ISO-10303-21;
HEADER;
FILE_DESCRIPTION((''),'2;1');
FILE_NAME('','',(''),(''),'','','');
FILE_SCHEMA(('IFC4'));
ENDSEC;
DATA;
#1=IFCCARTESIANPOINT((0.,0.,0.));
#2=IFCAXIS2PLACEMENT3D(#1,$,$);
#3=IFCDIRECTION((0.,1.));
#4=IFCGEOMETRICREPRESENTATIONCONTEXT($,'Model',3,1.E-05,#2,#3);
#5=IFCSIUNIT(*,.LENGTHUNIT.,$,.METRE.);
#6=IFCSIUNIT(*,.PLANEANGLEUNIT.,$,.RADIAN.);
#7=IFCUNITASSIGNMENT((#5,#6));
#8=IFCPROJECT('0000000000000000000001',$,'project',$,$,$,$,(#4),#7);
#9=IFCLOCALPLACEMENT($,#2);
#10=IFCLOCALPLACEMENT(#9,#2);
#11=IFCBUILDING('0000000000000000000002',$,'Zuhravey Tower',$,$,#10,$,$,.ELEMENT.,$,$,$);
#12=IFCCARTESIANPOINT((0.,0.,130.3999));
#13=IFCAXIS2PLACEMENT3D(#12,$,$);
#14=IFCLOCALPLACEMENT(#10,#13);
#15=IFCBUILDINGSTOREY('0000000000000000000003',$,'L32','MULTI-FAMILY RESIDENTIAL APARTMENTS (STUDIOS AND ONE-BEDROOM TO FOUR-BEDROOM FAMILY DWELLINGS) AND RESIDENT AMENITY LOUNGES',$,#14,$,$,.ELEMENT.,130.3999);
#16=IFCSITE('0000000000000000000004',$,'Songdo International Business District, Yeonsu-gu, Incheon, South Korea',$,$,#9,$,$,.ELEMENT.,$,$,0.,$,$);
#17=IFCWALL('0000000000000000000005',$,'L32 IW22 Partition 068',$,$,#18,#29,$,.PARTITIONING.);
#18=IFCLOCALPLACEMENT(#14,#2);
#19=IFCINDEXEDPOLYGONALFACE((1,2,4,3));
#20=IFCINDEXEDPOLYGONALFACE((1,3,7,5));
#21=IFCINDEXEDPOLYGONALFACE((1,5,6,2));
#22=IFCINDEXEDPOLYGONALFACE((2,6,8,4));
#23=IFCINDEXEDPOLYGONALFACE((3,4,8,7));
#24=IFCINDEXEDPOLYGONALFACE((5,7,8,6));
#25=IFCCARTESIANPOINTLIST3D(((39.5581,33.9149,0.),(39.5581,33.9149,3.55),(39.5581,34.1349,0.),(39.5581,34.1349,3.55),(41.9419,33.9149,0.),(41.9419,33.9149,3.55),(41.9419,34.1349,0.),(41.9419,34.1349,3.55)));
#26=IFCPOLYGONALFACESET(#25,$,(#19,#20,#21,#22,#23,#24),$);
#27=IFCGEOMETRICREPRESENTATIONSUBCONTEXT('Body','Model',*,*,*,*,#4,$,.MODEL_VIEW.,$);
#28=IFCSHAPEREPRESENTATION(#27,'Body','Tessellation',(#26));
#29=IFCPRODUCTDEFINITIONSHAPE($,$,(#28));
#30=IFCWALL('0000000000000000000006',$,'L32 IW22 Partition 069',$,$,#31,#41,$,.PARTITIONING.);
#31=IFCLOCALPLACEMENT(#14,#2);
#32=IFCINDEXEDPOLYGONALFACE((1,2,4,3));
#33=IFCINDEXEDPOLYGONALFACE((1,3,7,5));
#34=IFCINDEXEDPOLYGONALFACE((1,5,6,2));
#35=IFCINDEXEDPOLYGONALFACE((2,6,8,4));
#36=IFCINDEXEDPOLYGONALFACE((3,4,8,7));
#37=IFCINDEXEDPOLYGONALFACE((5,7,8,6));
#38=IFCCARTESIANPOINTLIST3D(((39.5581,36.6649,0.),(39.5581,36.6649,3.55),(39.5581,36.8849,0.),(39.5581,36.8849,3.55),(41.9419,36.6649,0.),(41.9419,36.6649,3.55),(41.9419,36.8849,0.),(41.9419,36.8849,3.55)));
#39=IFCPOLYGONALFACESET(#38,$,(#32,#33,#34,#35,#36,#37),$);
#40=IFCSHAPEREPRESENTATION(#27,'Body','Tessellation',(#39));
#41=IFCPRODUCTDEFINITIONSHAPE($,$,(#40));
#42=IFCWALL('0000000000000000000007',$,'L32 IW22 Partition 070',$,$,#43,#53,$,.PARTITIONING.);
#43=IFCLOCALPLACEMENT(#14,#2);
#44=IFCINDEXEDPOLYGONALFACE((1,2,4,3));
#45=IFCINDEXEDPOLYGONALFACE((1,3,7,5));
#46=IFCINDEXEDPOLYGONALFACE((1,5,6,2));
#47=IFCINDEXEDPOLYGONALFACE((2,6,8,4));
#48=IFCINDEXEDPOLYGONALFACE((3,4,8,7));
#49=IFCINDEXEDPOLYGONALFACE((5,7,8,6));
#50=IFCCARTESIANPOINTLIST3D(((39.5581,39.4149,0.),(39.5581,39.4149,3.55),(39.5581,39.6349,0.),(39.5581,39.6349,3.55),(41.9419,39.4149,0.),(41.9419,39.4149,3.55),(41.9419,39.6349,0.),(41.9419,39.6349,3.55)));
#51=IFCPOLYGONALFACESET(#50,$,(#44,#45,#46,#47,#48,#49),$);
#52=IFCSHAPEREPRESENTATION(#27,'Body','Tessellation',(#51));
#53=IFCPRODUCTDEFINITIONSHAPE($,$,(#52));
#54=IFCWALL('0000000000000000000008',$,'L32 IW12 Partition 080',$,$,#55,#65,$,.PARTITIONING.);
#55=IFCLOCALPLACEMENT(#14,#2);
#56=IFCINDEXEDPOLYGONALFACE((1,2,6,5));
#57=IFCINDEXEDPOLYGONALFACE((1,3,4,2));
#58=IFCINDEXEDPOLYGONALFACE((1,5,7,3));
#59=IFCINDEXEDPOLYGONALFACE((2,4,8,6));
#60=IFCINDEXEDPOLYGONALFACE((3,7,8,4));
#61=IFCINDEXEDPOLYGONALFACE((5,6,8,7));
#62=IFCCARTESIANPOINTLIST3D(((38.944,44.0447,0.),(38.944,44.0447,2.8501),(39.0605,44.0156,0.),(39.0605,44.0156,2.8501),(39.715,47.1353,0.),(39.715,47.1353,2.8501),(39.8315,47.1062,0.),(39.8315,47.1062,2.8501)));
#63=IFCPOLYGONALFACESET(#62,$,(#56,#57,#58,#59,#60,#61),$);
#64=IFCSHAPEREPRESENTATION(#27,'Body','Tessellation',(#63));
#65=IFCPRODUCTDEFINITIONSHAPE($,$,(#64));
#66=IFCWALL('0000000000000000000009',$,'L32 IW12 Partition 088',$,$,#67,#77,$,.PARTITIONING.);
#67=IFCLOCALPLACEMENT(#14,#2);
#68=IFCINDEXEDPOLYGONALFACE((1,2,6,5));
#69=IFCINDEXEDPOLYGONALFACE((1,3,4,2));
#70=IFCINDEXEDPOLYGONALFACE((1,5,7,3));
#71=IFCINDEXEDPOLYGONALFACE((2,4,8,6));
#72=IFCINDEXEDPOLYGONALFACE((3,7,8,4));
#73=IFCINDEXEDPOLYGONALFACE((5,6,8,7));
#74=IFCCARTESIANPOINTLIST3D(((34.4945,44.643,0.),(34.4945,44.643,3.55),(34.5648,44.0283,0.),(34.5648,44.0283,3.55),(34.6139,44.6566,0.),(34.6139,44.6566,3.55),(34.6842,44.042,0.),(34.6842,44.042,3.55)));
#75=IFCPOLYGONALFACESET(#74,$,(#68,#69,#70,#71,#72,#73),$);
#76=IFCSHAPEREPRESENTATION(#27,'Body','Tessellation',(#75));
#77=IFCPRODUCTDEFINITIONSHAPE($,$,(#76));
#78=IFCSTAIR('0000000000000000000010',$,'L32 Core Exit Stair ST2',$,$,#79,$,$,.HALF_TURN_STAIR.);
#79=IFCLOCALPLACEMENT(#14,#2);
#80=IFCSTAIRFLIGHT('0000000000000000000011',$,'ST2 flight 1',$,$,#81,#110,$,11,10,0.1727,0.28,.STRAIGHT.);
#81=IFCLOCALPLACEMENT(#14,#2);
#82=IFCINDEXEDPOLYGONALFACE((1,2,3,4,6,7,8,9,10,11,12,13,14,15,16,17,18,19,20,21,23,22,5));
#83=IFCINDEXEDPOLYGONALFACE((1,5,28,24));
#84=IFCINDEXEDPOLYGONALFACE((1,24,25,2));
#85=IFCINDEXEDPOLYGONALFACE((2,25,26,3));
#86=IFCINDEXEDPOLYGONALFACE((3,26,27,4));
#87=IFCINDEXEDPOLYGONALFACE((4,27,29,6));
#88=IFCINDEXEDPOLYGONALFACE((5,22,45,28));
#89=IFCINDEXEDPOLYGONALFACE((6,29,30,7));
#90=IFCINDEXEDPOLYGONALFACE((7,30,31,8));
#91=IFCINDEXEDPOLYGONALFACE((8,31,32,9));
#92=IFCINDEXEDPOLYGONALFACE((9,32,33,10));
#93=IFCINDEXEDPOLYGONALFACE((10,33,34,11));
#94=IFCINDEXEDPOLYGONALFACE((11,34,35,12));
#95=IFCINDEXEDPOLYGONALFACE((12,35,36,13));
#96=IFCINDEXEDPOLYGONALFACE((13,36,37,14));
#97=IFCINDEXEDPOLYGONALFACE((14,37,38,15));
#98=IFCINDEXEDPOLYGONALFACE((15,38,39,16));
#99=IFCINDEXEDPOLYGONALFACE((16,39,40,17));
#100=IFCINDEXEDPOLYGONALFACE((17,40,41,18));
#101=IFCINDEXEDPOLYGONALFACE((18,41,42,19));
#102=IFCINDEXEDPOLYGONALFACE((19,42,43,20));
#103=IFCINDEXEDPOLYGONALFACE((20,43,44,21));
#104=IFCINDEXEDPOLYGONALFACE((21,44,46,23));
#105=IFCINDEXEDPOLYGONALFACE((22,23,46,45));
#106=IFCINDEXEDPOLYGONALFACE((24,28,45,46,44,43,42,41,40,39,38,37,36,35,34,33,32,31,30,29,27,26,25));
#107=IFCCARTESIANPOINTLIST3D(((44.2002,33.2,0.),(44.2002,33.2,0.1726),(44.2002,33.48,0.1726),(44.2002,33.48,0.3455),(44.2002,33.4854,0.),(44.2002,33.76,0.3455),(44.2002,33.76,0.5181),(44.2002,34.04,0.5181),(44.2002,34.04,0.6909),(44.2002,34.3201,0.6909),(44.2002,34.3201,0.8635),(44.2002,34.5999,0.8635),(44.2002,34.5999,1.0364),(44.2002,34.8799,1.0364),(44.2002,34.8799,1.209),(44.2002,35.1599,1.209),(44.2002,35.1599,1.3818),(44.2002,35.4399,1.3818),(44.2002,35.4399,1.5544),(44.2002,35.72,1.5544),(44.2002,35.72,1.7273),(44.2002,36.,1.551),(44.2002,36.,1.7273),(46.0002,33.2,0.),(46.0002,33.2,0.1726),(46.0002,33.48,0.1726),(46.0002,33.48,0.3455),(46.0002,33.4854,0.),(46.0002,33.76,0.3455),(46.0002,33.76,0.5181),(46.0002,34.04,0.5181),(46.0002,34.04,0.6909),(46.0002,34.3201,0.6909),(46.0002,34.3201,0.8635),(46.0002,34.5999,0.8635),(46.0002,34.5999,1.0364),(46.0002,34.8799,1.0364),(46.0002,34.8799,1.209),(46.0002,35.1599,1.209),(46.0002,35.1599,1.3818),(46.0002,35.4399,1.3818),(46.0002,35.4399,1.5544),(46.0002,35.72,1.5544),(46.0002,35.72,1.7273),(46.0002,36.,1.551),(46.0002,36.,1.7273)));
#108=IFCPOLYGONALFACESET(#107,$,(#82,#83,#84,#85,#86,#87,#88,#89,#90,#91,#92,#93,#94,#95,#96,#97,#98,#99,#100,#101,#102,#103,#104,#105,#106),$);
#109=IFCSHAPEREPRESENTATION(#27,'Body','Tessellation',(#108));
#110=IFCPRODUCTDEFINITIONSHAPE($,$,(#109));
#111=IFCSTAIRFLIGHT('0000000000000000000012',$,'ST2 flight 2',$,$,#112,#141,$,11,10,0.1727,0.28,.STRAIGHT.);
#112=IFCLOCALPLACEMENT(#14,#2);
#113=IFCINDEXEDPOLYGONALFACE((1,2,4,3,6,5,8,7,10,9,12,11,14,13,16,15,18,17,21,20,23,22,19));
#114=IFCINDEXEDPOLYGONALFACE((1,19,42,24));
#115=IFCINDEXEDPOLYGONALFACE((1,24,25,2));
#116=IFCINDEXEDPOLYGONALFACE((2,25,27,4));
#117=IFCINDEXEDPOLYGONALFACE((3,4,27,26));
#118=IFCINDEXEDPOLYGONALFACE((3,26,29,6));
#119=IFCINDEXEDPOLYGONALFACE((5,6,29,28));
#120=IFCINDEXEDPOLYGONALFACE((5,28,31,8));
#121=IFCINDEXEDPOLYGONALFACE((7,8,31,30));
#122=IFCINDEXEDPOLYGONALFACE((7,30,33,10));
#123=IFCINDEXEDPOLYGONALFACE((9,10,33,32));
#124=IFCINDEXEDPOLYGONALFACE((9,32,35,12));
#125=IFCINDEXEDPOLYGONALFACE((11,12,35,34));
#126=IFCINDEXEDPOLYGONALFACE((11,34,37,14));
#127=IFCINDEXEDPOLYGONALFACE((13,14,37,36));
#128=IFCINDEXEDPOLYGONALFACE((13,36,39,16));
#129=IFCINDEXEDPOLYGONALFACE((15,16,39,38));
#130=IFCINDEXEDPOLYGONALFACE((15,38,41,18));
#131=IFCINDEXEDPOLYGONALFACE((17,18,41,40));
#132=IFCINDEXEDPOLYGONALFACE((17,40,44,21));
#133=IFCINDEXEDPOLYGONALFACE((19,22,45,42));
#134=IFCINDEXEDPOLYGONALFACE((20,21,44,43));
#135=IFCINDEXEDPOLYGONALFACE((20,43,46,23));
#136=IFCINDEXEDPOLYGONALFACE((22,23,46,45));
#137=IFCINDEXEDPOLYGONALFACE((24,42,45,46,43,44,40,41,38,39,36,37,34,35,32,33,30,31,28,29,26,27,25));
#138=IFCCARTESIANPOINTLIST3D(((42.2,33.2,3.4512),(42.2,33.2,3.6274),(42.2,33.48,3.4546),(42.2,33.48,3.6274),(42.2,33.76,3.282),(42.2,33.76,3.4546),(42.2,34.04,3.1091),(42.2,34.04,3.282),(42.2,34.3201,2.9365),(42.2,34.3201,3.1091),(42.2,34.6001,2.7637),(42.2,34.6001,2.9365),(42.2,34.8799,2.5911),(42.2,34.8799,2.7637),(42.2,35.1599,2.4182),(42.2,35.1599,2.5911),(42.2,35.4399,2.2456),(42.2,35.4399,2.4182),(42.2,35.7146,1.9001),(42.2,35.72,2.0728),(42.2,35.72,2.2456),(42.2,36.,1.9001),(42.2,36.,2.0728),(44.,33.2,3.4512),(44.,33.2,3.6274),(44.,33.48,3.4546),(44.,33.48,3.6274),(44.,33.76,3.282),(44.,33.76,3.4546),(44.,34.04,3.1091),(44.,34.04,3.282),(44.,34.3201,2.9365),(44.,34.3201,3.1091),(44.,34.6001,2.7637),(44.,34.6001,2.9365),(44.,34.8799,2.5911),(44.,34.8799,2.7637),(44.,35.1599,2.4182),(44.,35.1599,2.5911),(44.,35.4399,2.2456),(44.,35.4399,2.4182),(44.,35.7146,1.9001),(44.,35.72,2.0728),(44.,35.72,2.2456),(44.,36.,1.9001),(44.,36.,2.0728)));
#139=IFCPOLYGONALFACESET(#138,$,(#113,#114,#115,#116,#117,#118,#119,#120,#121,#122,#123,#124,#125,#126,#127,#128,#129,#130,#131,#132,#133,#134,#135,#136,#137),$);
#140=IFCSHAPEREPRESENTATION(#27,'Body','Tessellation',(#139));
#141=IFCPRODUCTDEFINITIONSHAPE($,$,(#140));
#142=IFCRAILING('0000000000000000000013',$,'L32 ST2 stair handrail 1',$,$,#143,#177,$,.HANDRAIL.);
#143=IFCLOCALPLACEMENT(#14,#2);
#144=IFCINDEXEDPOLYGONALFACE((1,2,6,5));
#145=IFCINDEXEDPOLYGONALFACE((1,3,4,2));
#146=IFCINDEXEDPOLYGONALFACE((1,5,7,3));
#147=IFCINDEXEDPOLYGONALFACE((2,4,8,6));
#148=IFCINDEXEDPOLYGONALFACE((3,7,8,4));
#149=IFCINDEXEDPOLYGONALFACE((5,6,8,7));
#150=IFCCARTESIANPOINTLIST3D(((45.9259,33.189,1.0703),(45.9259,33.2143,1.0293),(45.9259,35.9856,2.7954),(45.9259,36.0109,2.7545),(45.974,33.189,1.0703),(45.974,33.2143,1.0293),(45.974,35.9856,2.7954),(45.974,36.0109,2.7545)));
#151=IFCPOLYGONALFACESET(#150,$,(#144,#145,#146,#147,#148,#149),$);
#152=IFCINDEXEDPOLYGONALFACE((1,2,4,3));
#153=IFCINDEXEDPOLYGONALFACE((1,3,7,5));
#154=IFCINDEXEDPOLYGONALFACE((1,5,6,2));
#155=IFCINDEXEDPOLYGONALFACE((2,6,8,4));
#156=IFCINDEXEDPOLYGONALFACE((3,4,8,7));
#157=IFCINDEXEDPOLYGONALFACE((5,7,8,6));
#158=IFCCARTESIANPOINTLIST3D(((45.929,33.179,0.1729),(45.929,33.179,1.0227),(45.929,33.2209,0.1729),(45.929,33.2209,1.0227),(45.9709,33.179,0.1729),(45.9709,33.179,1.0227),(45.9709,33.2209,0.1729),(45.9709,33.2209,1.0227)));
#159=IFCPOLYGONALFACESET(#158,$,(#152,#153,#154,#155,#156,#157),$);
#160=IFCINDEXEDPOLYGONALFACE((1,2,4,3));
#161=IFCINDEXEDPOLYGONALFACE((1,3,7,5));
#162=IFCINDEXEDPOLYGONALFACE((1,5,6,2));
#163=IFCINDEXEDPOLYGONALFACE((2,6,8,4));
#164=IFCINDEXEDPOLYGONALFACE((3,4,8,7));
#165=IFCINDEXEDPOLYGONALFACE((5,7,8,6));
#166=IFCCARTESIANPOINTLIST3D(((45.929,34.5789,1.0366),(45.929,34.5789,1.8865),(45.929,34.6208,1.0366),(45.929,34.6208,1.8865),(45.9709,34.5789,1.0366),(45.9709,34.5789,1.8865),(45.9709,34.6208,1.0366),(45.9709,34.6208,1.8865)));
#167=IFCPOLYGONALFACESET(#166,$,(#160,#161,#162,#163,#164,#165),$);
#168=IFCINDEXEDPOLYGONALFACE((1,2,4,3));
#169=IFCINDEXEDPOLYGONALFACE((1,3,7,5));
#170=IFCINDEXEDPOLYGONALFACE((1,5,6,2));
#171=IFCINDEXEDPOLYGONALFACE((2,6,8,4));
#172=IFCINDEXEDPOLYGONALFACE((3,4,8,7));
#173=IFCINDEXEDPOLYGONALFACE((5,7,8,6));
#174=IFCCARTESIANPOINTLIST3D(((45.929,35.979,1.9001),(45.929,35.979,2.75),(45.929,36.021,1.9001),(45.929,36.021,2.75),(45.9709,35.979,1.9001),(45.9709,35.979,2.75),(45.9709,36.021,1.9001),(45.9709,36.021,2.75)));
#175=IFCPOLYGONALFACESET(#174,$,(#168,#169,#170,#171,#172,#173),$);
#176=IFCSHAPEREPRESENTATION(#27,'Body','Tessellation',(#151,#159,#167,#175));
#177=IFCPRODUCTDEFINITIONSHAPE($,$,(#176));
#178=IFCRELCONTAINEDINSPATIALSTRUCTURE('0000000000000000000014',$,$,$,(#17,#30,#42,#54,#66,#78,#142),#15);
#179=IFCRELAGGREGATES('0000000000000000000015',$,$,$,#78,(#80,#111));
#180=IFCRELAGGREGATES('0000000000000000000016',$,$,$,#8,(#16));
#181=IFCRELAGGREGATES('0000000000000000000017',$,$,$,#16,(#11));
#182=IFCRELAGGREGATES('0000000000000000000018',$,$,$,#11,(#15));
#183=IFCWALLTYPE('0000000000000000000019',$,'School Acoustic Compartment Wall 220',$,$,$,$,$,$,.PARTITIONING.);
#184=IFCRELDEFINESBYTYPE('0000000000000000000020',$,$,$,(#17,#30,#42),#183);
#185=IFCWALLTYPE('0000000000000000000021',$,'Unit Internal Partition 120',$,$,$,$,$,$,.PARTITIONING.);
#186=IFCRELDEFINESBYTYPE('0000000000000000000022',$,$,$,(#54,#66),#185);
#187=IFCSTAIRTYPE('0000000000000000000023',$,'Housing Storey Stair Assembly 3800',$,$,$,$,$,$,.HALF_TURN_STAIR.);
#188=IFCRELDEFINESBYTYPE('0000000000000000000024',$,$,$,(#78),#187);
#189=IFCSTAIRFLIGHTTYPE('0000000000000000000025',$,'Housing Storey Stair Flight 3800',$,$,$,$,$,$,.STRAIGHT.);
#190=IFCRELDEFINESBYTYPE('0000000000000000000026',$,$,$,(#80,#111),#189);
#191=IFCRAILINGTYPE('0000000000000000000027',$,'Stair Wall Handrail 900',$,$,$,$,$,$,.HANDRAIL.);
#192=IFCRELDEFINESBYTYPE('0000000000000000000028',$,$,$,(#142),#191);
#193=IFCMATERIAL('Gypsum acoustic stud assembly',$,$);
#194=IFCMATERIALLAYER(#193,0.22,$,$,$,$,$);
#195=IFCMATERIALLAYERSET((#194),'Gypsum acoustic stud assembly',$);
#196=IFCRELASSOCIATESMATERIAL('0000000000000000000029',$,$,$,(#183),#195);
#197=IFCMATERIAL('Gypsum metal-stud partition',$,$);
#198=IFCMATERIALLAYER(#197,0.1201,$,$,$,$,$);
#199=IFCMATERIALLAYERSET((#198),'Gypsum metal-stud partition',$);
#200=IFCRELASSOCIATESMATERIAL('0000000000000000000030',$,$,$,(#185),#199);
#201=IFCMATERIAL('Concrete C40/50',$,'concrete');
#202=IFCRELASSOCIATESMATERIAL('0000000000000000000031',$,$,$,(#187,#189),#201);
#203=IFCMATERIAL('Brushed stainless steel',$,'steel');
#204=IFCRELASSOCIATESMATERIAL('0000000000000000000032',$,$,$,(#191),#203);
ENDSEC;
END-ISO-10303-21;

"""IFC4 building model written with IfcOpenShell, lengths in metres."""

from ifc_helpers import new_model, si_unit, direction, frame, frame_2d, origin, origin_2d, place, context, subcontext, project, spatial, polyline, rectangle, outline, extrude, material, layer, layer_set, type_object, element, aggregate, save


model = new_model("IFC4")

# Units and contexts
model_context = context("Model", 3, precision=1e-05, world=origin(), true_north=direction((0.0, 1.0)))
body_context = subcontext(model_context, "Body", "Model", "MODEL_VIEW")
ifc_project = project(units=[si_unit("LENGTHUNIT", "METRE"), si_unit("PLANEANGLEUNIT", "RADIAN")], contexts=[model_context])

# Site, building, storey
site_placement = place(None, origin())
site = spatial("IfcSite", under=ifc_project, at=site_placement, Name="Songdo International Business District, Yeonsu-gu, Incheon, South Korea", CompositionType="ELEMENT", RefElevation=0.0)
building_placement = place(site_placement, origin())
building = spatial("IfcBuilding", under=site, at=building_placement, Name="Zuhravey Tower", CompositionType="ELEMENT")
storey_placement = place(building_placement, frame((0.0, 0.0, 130.3999)))
storey = spatial("IfcBuildingStorey", under=building, at=storey_placement, Name="L32", Description="MULTI-FAMILY RESIDENTIAL APARTMENTS (STUDIOS AND ONE-BEDROOM TO FOUR-BEDROOM FAMILY DWELLINGS) AND RESIDENT AMENITY LOUNGES", CompositionType="ELEMENT", Elevation=130.3999)

# Walls
ifc_material_1 = material(Name="Gypsum acoustic stud assembly")
ifc_layer_1 = layer(ifc_material_1, 0.22)
ifc_layer_set_1 = layer_set([ifc_layer_1], Name="Gypsum acoustic stud assembly")
wall_type_1 = type_object("IfcWallType", Name="School Acoustic Compartment Wall 220", PredefinedType="PARTITIONING", material=ifc_layer_set_1)
for number, where, z_axis, x_axis, name in (
    (1, (39.5581, 34.0249, 0.0), (0.0, 0.0, 1.0), (1.0, 0.0, 0.0), "L32 IW22 Partition 068"),
    (2, (39.5581, 36.7749, 0.0), (0.0, 0.0, 1.0), (1.0, 0.0, 0.0), "L32 IW22 Partition 069"),
    (3, (39.5581, 39.5249, 0.0), (0.0, 0.0, 1.0), (1.0, 0.0, 0.0), "L32 IW22 Partition 070"),
):
    element("IfcWall", number, at=place(storey_placement, frame(where, z_axis=z_axis, x_axis=x_axis)), inside=storey, type_object=wall_type_1, Name=name, PredefinedType="PARTITIONING", context=body_context, shape_type="SweptSolid", body=[
        extrude(rectangle(XDim=2.3838, YDim=0.22, at=frame_2d((1.1919, 0.0))), origin(), (0.0, 0.0, 1.0), 3.55),
    ])
ifc_material_2 = material(Name="Gypsum metal-stud partition")
ifc_layer_2 = layer(ifc_material_2, 0.1201)
ifc_layer_set_2 = layer_set([ifc_layer_2], Name="Gypsum metal-stud partition")
wall_type_2 = type_object("IfcWallType", Name="Unit Internal Partition 120", PredefinedType="PARTITIONING", material=ifc_layer_set_2)
wall_1_placement = place(storey_placement, frame((39.0022, 44.03, 0.0), z_axis=(0.0, 0.0, 1.0), x_axis=(0.242049, 0.970264, 0.0)))
element("IfcWall", 4, at=wall_1_placement, inside=storey, type_object=wall_type_2, Name="L32 IW12 Partition 080", PredefinedType="PARTITIONING", context=body_context, shape_type="SweptSolid", body=[
    extrude(rectangle(XDim=3.1853, YDim=0.1201, at=frame_2d((1.5928, 0.0))), origin(), (0.0, 0.0, 1.0), 2.8501),
])
wall_2_placement = place(storey_placement, frame((34.6245, 44.0352, 0.0), z_axis=(0.0, 0.0, 1.0), x_axis=(-0.113636, 0.993522, 0.0)))
element("IfcWall", 5, at=wall_2_placement, inside=storey, type_object=wall_type_2, Name="L32 IW12 Partition 088", PredefinedType="PARTITIONING", context=body_context, shape_type="SweptSolid", body=[
    extrude(rectangle(XDim=0.6187, YDim=0.1201, at=frame_2d((0.3093, 0.0))), origin(), (0.0, 0.0, 1.0), 3.55),
])

# Stair, stair flights
ifc_material_3 = material(Name="Concrete C40/50", Category="concrete")
stair_type = type_object("IfcStairType", Name="Housing Storey Stair Assembly 3800", PredefinedType="HALF_TURN_STAIR", material=ifc_material_3)
stair_placement = place(storey_placement, origin())
stair = element("IfcStair", 6, at=stair_placement, inside=storey, type_object=stair_type, Name="L32 Core Exit Stair ST2", PredefinedType="HALF_TURN_STAIR")
stair_flight_type = type_object("IfcStairFlightType", Name="Housing Storey Stair Flight 3800", PredefinedType="STRAIGHT", material=ifc_material_3)
stair_flight_1_placement = place(storey_placement, frame((45.1001, 33.2, 0.0), z_axis=(0.0, 0.0, 1.0), x_axis=(0.0, 1.0, 0.0)))
stair_flight_1 = element("IfcStairFlight", 7, at=stair_flight_1_placement, type_object=stair_flight_type, Name="ST2 flight 1", NumberOfRisers=11, NumberOfTreads=10, PredefinedType="STRAIGHT", RiserHeight=0.1727, TreadLength=0.28, context=body_context, shape_type="SweptSolid", body=[
    extrude(outline(polyline([(0.0, 0.0), (0.0, 0.1726), (0.28, 0.1726), (0.28, 0.3455), (0.5601, 0.3455), (0.5601, 0.5181), (0.8401, 0.5181), (0.8401, 0.6909), (1.1201, 0.6909), (1.1201, 0.8635), (1.3999, 0.8635), (1.3999, 1.0364), (1.6799, 1.0364), (1.6799, 1.209), (1.96, 1.209), (1.96, 1.3818), (2.24, 1.3818), (2.24, 1.5544), (2.52, 1.5544), (2.52, 1.7273), (2.8, 1.7273), (2.8, 1.8999), (2.8, 1.551), (0.2854, 0.0), (0.0, 0.0)])), frame((0.0, 0.8999, 0.0), z_axis=(0.0, -1.0, 0.0), x_axis=(1.0, 0.0, 0.0)), (0.0, 0.0, 1.0), 1.8),
])
stair_flight_2_placement = place(storey_placement, frame((43.1001, 36.0, 1.9001), z_axis=(0.0, 0.0, 1.0), x_axis=(0.0, -1.0, 0.0)))
stair_flight_2 = element("IfcStairFlight", 8, at=stair_flight_2_placement, type_object=stair_flight_type, Name="ST2 flight 2", NumberOfRisers=11, NumberOfTreads=10, PredefinedType="STRAIGHT", RiserHeight=0.1727, TreadLength=0.28, context=body_context, shape_type="SweptSolid", body=[
    extrude(outline(polyline([(0.0, 0.0), (0.0, 0.1726), (0.28, 0.1726), (0.28, 0.3455), (0.5601, 0.3455), (0.5601, 0.5181), (0.8401, 0.5181), (0.8401, 0.6909), (1.1201, 0.6909), (1.1201, 0.8635), (1.3999, 0.8635), (1.3999, 1.0364), (1.6799, 1.0364), (1.6799, 1.209), (1.96, 1.209), (1.96, 1.3818), (2.24, 1.3818), (2.24, 1.5544), (2.52, 1.5544), (2.52, 1.7273), (2.8, 1.7273), (2.8, 1.8999), (2.8, 1.551), (0.2854, 0.0), (0.0, 0.0)])), frame((0.0, 0.8999, 0.0), z_axis=(0.0, -1.0, 0.0), x_axis=(1.0, 0.0, 0.0)), (0.0, 0.0, 1.0), 1.8),
])
aggregate(stair, [stair_flight_1, stair_flight_2])

# Railing
ifc_material_4 = material(Name="Brushed stainless steel", Category="steel")
railing_type_1 = type_object("IfcRailingType", Name="Stair Wall Handrail 900", PredefinedType="HANDRAIL", material=ifc_material_4)
railing_1_placement = place(storey_placement, frame((45.95, 33.2, 0.1729)))
element("IfcRailing", 9, at=railing_1_placement, inside=storey, type_object=railing_type_1, Name="L32 ST2 stair handrail 1", PredefinedType="HANDRAIL", context=body_context, shape_type="SweptSolid", body=[
    extrude(rectangle(XDim=0.0481, YDim=0.0481, at=origin_2d()), frame((0.0, 0.0017, 0.877), z_axis=(0.0, 0.85109, 0.52502), x_axis=(-1.0, 0.0, 0.0)), (0.0, 0.0, 1.0), 3.2859),
    extrude(rectangle(XDim=0.042, YDim=0.042, at=origin_2d()), origin(), (0.0, 0.0, 1.0), 0.8499),
    extrude(rectangle(XDim=0.042, YDim=0.042, at=origin_2d()), frame((0.0, 1.3999, 0.8638)), (0.0, 0.0, 1.0), 0.8499),
    extrude(rectangle(XDim=0.042, YDim=0.042, at=origin_2d()), frame((0.0, 2.8, 1.7273)), (0.0, 0.0, 1.0), 0.8499),
])

save(model, "model.ifc")
